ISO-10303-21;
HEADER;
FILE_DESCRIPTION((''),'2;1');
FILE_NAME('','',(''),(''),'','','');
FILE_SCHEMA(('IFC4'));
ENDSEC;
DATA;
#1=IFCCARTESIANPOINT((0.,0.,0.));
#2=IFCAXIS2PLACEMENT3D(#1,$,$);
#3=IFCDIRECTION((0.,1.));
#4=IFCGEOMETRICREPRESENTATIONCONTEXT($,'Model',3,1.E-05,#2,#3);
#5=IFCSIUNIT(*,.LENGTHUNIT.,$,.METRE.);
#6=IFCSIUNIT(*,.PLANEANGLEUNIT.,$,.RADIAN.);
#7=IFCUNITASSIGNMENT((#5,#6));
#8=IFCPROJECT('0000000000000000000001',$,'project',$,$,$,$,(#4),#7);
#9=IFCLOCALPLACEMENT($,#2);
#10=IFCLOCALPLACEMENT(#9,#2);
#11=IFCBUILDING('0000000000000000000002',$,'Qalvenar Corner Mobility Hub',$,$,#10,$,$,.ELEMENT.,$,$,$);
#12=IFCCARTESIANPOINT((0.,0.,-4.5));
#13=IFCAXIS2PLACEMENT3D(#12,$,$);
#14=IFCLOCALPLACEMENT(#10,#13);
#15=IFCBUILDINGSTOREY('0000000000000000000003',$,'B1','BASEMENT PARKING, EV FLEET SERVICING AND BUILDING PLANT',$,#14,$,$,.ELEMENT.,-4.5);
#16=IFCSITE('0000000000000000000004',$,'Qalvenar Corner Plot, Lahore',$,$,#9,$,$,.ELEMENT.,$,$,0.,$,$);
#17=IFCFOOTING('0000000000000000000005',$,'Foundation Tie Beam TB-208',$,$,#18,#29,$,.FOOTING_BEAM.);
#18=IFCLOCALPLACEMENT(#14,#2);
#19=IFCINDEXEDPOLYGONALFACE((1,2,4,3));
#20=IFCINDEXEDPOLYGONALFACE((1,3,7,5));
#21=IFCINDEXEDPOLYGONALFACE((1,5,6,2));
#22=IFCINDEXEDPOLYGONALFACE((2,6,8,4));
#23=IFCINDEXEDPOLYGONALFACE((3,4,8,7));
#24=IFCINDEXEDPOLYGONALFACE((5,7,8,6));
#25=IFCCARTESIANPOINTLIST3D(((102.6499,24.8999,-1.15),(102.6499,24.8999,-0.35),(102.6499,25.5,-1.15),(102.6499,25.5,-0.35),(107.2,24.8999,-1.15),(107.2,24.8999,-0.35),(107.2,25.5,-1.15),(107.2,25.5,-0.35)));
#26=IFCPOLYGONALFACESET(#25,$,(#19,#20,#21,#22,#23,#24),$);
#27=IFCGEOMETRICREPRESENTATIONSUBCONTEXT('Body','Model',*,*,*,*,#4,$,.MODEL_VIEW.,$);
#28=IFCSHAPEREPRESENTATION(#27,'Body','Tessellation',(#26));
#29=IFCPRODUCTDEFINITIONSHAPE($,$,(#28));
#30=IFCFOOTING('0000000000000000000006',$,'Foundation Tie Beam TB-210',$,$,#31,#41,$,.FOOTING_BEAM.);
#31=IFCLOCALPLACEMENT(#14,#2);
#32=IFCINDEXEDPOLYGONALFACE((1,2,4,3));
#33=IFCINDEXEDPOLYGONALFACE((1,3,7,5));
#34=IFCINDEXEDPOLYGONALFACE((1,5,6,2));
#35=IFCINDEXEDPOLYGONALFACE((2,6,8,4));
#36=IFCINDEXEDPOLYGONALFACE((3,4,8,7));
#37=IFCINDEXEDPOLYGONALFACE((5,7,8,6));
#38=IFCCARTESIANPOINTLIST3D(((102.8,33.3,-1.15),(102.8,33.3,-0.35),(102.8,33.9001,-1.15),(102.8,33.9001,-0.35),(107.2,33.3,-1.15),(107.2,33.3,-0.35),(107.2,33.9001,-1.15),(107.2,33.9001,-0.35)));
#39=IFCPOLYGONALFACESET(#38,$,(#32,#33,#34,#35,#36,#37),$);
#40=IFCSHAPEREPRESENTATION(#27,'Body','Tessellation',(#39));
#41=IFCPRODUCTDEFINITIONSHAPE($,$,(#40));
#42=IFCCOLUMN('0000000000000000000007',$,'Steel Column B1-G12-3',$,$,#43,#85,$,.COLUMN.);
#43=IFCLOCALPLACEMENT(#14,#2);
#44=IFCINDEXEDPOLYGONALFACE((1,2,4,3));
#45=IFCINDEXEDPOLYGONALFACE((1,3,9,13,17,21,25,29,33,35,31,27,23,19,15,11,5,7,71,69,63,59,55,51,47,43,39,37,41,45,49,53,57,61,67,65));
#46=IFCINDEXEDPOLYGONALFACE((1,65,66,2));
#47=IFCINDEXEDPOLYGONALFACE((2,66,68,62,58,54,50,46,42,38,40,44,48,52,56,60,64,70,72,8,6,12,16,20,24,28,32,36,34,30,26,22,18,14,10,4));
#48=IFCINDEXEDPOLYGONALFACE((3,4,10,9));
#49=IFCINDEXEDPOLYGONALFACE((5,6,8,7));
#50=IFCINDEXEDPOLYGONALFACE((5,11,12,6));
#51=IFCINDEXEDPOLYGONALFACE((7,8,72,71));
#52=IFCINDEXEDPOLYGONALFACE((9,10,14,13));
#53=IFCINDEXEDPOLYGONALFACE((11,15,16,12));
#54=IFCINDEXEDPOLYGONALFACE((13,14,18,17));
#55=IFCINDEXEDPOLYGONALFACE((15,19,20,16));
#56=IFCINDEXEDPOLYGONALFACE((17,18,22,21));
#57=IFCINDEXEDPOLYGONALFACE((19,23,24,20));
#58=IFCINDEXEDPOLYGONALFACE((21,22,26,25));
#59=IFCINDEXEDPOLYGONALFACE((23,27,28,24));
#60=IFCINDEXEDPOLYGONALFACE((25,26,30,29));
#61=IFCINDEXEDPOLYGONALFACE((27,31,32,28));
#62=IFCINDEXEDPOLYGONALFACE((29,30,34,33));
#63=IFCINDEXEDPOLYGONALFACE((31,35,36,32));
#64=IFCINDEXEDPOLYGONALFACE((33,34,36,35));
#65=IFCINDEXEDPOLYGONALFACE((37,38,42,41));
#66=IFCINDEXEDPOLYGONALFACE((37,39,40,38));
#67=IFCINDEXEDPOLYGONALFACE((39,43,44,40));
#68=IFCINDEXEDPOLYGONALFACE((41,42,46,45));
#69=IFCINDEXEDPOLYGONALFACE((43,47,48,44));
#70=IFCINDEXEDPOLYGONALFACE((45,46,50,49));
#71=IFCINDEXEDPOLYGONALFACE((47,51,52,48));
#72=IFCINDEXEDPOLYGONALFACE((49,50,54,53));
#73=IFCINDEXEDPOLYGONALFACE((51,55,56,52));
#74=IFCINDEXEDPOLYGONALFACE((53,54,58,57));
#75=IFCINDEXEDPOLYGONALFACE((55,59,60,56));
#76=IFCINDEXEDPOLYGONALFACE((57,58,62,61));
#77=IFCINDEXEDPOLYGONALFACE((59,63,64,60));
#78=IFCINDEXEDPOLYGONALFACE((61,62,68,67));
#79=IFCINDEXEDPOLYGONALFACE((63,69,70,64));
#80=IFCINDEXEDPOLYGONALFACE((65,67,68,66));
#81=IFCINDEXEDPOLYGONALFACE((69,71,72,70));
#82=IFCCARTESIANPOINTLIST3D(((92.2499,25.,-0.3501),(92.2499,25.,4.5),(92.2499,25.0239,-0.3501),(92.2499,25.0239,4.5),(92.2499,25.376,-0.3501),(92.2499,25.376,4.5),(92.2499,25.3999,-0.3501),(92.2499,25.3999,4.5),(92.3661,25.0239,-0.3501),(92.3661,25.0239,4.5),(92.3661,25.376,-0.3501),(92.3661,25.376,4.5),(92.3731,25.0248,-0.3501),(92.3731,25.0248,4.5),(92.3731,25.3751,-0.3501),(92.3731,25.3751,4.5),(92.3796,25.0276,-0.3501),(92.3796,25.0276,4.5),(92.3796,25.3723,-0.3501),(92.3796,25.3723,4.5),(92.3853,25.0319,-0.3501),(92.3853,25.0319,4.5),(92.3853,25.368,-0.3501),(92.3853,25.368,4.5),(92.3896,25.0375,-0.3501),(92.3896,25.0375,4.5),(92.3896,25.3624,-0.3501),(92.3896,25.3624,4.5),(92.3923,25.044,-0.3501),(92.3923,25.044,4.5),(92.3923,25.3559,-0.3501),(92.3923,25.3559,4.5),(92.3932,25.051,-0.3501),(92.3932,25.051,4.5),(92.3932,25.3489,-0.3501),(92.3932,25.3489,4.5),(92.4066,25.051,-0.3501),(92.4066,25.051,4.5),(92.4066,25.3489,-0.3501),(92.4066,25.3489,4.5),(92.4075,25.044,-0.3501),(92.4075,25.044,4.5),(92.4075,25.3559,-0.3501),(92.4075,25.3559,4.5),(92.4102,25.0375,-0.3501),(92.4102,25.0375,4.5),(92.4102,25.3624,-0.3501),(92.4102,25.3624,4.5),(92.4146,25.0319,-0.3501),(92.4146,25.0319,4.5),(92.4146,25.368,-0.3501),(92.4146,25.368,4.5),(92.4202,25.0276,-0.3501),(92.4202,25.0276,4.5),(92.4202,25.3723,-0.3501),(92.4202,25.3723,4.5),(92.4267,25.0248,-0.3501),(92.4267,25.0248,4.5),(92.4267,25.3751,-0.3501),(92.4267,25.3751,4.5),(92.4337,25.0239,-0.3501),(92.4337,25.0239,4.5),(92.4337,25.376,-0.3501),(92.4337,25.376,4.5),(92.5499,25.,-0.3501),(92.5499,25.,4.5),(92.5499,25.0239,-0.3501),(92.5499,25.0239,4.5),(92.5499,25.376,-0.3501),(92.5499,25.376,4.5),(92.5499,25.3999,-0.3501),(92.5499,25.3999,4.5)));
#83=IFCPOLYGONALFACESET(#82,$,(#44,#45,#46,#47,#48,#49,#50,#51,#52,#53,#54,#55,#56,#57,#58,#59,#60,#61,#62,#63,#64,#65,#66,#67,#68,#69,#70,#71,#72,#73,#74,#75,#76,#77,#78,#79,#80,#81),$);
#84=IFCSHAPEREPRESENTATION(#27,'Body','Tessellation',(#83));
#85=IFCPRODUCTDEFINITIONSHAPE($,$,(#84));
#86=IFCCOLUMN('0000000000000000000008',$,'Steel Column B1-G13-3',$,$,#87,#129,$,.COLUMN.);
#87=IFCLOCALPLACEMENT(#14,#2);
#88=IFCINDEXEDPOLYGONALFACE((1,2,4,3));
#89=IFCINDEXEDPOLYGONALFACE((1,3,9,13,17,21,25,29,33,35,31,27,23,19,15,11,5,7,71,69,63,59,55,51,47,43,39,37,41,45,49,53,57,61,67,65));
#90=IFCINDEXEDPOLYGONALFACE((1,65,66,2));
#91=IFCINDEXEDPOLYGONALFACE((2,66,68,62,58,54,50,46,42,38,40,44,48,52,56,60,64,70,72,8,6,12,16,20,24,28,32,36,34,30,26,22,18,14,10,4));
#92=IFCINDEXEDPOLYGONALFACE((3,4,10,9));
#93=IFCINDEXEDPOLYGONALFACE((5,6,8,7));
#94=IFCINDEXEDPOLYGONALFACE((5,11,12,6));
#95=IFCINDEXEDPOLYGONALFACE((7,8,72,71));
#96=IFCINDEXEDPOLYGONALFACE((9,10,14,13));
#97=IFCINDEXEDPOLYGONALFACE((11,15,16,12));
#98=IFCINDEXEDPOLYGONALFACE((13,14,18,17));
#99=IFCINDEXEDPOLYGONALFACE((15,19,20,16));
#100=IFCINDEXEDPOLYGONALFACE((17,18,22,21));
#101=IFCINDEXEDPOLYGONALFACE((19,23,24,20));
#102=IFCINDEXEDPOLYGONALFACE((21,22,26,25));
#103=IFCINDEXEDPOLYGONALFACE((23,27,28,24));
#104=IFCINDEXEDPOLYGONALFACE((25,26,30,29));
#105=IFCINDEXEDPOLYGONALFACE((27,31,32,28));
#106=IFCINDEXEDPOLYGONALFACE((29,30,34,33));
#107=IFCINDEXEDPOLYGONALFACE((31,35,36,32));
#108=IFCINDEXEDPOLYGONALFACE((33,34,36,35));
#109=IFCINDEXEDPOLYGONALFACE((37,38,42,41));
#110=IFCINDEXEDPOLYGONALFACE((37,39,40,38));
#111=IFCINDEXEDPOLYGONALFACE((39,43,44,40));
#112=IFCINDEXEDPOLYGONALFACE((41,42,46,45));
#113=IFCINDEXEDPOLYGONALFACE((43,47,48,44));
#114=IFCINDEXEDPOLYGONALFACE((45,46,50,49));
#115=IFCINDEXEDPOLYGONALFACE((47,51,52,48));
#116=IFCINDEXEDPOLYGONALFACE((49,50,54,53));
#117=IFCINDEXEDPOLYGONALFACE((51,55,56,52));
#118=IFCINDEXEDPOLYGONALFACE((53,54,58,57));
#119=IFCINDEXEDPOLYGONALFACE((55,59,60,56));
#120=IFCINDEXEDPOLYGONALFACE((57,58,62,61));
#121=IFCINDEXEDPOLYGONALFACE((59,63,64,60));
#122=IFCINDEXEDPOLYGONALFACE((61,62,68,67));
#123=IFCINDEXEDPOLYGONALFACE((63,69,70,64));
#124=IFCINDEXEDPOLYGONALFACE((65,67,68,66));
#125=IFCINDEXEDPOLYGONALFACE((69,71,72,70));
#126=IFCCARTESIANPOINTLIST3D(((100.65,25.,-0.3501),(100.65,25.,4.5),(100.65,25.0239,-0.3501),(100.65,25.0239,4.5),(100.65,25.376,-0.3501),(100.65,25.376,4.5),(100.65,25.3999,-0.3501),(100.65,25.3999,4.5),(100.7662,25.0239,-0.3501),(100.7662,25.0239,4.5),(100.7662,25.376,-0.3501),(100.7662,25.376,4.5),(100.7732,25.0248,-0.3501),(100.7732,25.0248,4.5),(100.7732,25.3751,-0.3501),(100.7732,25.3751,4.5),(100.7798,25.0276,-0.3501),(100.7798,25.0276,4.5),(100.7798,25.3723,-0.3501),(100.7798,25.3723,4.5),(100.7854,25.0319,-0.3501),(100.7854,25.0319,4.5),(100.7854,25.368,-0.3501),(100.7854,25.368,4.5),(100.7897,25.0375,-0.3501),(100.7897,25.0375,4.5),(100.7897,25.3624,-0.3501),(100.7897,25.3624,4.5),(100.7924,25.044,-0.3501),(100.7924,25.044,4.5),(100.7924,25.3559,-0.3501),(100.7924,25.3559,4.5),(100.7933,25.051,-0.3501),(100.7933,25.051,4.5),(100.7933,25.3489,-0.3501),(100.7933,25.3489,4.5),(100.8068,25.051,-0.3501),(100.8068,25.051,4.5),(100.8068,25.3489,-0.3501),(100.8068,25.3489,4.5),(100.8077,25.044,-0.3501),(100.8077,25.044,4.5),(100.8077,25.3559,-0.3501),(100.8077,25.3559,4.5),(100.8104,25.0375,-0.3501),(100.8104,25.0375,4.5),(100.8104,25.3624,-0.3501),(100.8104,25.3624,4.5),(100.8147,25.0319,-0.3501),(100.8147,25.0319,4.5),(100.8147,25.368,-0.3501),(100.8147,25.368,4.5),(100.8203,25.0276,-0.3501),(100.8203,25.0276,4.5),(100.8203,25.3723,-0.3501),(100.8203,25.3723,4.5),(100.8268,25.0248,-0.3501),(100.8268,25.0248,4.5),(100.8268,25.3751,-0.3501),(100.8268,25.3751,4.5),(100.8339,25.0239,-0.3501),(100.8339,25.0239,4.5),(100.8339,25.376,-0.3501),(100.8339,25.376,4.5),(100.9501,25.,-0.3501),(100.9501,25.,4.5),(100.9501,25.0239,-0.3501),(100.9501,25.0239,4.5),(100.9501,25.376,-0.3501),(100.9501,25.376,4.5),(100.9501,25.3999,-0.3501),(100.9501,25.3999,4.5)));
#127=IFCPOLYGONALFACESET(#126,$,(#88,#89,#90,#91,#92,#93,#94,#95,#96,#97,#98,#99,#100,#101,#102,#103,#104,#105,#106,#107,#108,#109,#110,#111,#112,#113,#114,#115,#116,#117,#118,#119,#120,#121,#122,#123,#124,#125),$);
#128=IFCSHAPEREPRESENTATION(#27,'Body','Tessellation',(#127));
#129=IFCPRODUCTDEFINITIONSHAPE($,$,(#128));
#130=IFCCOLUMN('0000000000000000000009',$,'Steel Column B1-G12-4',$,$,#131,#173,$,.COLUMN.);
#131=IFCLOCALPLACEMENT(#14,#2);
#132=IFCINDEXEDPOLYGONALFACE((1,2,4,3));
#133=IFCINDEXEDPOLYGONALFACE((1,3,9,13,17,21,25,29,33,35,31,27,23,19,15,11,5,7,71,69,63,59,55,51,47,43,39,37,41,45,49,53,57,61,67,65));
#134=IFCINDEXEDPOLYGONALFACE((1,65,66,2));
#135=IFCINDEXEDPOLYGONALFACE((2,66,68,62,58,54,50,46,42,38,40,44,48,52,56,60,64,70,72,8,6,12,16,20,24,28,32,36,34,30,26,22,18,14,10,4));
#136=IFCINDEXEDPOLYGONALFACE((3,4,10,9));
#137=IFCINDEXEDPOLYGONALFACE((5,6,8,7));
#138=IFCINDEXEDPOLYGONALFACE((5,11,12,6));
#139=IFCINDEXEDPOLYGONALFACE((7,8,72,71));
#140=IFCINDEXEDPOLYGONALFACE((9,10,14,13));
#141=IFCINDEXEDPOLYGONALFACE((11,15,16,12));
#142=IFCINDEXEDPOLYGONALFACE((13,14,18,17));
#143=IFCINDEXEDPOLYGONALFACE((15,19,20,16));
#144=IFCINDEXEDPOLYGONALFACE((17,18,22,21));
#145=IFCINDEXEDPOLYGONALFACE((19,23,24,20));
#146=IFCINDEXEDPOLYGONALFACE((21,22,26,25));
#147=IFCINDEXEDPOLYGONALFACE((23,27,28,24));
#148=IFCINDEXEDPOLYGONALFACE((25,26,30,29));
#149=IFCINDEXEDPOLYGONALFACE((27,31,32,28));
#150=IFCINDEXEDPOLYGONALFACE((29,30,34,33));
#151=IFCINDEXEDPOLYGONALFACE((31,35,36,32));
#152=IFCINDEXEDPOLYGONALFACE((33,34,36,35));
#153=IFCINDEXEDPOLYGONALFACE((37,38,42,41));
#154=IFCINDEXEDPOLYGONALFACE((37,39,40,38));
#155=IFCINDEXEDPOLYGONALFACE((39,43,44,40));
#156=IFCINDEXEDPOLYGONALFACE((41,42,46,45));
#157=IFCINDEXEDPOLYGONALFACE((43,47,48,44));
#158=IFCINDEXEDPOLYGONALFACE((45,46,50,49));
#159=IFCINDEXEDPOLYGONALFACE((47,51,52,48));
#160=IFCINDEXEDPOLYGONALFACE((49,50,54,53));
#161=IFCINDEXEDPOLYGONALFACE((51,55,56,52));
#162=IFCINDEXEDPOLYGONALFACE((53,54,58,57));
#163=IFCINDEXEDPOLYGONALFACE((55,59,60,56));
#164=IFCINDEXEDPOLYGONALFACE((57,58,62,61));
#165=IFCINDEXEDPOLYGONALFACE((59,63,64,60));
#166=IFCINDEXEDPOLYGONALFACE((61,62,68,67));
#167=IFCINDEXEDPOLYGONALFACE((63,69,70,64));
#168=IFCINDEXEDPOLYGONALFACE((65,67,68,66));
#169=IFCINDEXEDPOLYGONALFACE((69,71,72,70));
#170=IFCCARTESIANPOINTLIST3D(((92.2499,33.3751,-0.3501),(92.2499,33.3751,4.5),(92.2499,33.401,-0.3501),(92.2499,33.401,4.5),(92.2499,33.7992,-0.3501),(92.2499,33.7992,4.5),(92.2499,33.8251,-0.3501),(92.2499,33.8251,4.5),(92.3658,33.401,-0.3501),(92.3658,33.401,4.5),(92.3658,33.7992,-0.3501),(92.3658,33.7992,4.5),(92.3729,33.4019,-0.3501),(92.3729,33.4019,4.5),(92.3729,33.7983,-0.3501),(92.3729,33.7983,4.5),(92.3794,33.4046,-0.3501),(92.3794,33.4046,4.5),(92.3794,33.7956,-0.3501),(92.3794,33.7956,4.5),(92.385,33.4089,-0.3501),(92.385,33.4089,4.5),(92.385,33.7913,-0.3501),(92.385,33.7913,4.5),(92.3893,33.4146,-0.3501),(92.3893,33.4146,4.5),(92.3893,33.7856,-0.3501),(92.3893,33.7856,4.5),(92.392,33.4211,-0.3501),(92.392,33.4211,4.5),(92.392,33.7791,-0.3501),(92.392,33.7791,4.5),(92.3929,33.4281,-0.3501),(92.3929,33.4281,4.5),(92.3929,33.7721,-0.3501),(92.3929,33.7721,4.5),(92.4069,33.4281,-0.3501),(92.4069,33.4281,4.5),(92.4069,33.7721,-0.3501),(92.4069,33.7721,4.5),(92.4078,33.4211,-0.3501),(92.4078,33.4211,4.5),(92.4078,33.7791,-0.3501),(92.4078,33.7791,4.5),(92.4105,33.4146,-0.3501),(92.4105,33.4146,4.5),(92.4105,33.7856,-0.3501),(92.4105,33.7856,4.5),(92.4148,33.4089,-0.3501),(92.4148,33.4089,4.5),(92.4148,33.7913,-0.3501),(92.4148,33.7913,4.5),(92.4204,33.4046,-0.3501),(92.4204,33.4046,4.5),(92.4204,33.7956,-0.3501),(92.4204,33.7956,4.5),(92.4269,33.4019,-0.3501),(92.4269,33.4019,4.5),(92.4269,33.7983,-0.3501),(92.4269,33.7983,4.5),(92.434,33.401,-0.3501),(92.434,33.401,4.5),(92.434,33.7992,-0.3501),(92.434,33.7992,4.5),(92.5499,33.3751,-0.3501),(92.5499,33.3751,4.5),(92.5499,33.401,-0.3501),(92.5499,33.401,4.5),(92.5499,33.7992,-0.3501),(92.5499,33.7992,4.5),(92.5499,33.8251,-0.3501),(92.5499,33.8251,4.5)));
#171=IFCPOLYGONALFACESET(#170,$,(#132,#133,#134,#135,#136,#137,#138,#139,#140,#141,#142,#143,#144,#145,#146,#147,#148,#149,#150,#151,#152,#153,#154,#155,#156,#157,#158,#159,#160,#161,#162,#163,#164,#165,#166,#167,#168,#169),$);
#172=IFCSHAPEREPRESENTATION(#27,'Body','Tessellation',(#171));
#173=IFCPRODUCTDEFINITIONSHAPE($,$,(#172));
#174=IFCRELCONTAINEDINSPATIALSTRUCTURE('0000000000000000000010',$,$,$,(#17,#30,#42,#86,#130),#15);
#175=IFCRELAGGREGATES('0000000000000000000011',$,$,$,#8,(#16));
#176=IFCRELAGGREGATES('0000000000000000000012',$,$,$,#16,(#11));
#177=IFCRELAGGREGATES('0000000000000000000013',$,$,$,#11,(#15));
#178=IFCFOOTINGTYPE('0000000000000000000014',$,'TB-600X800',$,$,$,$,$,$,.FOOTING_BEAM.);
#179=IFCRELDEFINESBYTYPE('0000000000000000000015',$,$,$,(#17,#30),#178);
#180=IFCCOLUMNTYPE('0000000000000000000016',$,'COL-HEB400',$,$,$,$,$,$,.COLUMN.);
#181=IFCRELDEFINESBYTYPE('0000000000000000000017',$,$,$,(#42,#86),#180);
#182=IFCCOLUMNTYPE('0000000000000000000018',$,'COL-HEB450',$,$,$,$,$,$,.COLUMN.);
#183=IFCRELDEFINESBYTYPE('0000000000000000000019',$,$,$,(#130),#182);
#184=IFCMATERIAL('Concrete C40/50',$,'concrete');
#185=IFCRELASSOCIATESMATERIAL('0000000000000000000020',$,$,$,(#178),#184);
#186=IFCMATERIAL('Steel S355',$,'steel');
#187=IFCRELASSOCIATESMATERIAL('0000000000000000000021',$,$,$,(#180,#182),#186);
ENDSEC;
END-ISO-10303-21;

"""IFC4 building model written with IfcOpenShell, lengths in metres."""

from ifc_helpers import new_model, si_unit, direction, frame, origin, origin_2d, place, context, subcontext, project, spatial, rectangle, i_section, extrude, material, material_profile, profile_set, type_object, element, save


model = new_model("IFC4")

# Units and contexts
model_context = context("Model", 3, precision=1e-05, world=origin(), true_north=direction((0.0, 1.0)))
body_context = subcontext(model_context, "Body", "Model", "MODEL_VIEW")
ifc_project = project(units=[si_unit("LENGTHUNIT", "METRE"), si_unit("PLANEANGLEUNIT", "RADIAN")], contexts=[model_context])

# Site, building, storey
site_placement = place(None, origin())
site = spatial("IfcSite", under=ifc_project, at=site_placement, Name="Qalvenar Corner Plot, Lahore", CompositionType="ELEMENT", RefElevation=0.0)
building_placement = place(site_placement, origin())
building = spatial("IfcBuilding", under=site, at=building_placement, Name="Qalvenar Corner Mobility Hub", CompositionType="ELEMENT")
storey_placement = place(building_placement, frame((0.0, 0.0, -4.5)))
storey = spatial("IfcBuildingStorey", under=building, at=storey_placement, Name="B1", Description="BASEMENT PARKING, EV FLEET SERVICING AND BUILDING PLANT", CompositionType="ELEMENT", Elevation=-4.5)

# Shared definitions
ifc_material_1 = material(Name="Concrete C40/50", Category="concrete")

# Footings
ifc_material_profile_1 = material_profile(ifc_material_1, rectangle(XDim=0.6001, YDim=0.8, at=origin_2d()), Name="RC600x800")
ifc_profile_set_1 = profile_set([ifc_material_profile_1], Name="Concrete C40/50")
footing_type_1 = type_object("IfcFootingType", Name="TB-600X800", PredefinedType="FOOTING_BEAM", material=ifc_profile_set_1)
footing_1_placement = place(storey_placement, frame((102.6499, 25.2, -0.75), z_axis=(1.0, 0.0, 0.0), x_axis=(0.0, 1.0, 0.0)))
element("IfcFooting", 1, at=footing_1_placement, inside=storey, type_object=footing_type_1, Name="Foundation Tie Beam TB-208", PredefinedType="FOOTING_BEAM", context=body_context, shape_type="SweptSolid", body=[
    extrude(rectangle(XDim=0.6001, YDim=0.8, at=origin_2d()), origin(), (0.0, 0.0, 1.0), 4.55),
])
footing_2_placement = place(storey_placement, frame((102.8, 33.6001, -0.75), z_axis=(1.0, 0.0, 0.0), x_axis=(0.0, 1.0, 0.0)))
element("IfcFooting", 2, at=footing_2_placement, inside=storey, type_object=footing_type_1, Name="Foundation Tie Beam TB-210", PredefinedType="FOOTING_BEAM", context=body_context, shape_type="SweptSolid", body=[
    extrude(rectangle(XDim=0.6001, YDim=0.8, at=origin_2d()), origin(), (0.0, 0.0, 1.0), 4.3999),
])

# Columns
ifc_material_2 = material(Name="Steel S355", Category="steel")
ifc_material_profile_2 = material_profile(ifc_material_2, i_section(OverallWidth=0.3, OverallDepth=0.3999, WebThickness=0.0134, FlangeThickness=0.0239, FilletRadius=0.0271, at=origin_2d()), Name="HEB400")
ifc_profile_set_2 = profile_set([ifc_material_profile_2], Name="Steel S355")
column_type_1 = type_object("IfcColumnType", Name="COL-HEB400", PredefinedType="COLUMN", material=ifc_profile_set_2)
for number, where, z_axis, x_axis, name in (
    (3, (92.3999, 25.2, -0.3501), (0.0, 0.0, 1.0), (1.0, 0.0, 0.0), "Steel Column B1-G12-3"),
    (4, (100.8, 25.2, -0.3501), (0.0, 0.0, 1.0), (1.0, 0.0, 0.0), "Steel Column B1-G13-3"),
):
    element("IfcColumn", number, at=place(storey_placement, frame(where, z_axis=z_axis, x_axis=x_axis)), inside=storey, type_object=column_type_1, Name=name, PredefinedType="COLUMN", context=body_context, shape_type="SweptSolid", body=[
        extrude(i_section(OverallWidth=0.3, OverallDepth=0.3999, WebThickness=0.0134, FlangeThickness=0.0239, FilletRadius=0.0271, at=origin_2d()), origin(), (0.0, 0.0, 1.0), 4.8501),
    ])
ifc_material_profile_3 = material_profile(ifc_material_2, i_section(OverallWidth=0.3, OverallDepth=0.45, WebThickness=0.0139, FlangeThickness=0.0259, FilletRadius=0.0271, at=origin_2d()), Name="HEB450")
ifc_profile_set_3 = profile_set([ifc_material_profile_3], Name="Steel S355")
column_type_2 = type_object("IfcColumnType", Name="COL-HEB450", PredefinedType="COLUMN", material=ifc_profile_set_3)
for number, where, z_axis, x_axis, name in (
    (5, (92.3999, 33.6001, -0.3501), (0.0, 0.0, 1.0), (1.0, 0.0, 0.0), "Steel Column B1-G12-4"),
):
    element("IfcColumn", number, at=place(storey_placement, frame(where, z_axis=z_axis, x_axis=x_axis)), inside=storey, type_object=column_type_2, Name=name, PredefinedType="COLUMN", context=body_context, shape_type="SweptSolid", body=[
        extrude(i_section(OverallWidth=0.3, OverallDepth=0.45, WebThickness=0.0139, FlangeThickness=0.0259, FilletRadius=0.0271, at=origin_2d()), origin(), (0.0, 0.0, 1.0), 4.8501),
    ])

save(model, "model.ifc")
